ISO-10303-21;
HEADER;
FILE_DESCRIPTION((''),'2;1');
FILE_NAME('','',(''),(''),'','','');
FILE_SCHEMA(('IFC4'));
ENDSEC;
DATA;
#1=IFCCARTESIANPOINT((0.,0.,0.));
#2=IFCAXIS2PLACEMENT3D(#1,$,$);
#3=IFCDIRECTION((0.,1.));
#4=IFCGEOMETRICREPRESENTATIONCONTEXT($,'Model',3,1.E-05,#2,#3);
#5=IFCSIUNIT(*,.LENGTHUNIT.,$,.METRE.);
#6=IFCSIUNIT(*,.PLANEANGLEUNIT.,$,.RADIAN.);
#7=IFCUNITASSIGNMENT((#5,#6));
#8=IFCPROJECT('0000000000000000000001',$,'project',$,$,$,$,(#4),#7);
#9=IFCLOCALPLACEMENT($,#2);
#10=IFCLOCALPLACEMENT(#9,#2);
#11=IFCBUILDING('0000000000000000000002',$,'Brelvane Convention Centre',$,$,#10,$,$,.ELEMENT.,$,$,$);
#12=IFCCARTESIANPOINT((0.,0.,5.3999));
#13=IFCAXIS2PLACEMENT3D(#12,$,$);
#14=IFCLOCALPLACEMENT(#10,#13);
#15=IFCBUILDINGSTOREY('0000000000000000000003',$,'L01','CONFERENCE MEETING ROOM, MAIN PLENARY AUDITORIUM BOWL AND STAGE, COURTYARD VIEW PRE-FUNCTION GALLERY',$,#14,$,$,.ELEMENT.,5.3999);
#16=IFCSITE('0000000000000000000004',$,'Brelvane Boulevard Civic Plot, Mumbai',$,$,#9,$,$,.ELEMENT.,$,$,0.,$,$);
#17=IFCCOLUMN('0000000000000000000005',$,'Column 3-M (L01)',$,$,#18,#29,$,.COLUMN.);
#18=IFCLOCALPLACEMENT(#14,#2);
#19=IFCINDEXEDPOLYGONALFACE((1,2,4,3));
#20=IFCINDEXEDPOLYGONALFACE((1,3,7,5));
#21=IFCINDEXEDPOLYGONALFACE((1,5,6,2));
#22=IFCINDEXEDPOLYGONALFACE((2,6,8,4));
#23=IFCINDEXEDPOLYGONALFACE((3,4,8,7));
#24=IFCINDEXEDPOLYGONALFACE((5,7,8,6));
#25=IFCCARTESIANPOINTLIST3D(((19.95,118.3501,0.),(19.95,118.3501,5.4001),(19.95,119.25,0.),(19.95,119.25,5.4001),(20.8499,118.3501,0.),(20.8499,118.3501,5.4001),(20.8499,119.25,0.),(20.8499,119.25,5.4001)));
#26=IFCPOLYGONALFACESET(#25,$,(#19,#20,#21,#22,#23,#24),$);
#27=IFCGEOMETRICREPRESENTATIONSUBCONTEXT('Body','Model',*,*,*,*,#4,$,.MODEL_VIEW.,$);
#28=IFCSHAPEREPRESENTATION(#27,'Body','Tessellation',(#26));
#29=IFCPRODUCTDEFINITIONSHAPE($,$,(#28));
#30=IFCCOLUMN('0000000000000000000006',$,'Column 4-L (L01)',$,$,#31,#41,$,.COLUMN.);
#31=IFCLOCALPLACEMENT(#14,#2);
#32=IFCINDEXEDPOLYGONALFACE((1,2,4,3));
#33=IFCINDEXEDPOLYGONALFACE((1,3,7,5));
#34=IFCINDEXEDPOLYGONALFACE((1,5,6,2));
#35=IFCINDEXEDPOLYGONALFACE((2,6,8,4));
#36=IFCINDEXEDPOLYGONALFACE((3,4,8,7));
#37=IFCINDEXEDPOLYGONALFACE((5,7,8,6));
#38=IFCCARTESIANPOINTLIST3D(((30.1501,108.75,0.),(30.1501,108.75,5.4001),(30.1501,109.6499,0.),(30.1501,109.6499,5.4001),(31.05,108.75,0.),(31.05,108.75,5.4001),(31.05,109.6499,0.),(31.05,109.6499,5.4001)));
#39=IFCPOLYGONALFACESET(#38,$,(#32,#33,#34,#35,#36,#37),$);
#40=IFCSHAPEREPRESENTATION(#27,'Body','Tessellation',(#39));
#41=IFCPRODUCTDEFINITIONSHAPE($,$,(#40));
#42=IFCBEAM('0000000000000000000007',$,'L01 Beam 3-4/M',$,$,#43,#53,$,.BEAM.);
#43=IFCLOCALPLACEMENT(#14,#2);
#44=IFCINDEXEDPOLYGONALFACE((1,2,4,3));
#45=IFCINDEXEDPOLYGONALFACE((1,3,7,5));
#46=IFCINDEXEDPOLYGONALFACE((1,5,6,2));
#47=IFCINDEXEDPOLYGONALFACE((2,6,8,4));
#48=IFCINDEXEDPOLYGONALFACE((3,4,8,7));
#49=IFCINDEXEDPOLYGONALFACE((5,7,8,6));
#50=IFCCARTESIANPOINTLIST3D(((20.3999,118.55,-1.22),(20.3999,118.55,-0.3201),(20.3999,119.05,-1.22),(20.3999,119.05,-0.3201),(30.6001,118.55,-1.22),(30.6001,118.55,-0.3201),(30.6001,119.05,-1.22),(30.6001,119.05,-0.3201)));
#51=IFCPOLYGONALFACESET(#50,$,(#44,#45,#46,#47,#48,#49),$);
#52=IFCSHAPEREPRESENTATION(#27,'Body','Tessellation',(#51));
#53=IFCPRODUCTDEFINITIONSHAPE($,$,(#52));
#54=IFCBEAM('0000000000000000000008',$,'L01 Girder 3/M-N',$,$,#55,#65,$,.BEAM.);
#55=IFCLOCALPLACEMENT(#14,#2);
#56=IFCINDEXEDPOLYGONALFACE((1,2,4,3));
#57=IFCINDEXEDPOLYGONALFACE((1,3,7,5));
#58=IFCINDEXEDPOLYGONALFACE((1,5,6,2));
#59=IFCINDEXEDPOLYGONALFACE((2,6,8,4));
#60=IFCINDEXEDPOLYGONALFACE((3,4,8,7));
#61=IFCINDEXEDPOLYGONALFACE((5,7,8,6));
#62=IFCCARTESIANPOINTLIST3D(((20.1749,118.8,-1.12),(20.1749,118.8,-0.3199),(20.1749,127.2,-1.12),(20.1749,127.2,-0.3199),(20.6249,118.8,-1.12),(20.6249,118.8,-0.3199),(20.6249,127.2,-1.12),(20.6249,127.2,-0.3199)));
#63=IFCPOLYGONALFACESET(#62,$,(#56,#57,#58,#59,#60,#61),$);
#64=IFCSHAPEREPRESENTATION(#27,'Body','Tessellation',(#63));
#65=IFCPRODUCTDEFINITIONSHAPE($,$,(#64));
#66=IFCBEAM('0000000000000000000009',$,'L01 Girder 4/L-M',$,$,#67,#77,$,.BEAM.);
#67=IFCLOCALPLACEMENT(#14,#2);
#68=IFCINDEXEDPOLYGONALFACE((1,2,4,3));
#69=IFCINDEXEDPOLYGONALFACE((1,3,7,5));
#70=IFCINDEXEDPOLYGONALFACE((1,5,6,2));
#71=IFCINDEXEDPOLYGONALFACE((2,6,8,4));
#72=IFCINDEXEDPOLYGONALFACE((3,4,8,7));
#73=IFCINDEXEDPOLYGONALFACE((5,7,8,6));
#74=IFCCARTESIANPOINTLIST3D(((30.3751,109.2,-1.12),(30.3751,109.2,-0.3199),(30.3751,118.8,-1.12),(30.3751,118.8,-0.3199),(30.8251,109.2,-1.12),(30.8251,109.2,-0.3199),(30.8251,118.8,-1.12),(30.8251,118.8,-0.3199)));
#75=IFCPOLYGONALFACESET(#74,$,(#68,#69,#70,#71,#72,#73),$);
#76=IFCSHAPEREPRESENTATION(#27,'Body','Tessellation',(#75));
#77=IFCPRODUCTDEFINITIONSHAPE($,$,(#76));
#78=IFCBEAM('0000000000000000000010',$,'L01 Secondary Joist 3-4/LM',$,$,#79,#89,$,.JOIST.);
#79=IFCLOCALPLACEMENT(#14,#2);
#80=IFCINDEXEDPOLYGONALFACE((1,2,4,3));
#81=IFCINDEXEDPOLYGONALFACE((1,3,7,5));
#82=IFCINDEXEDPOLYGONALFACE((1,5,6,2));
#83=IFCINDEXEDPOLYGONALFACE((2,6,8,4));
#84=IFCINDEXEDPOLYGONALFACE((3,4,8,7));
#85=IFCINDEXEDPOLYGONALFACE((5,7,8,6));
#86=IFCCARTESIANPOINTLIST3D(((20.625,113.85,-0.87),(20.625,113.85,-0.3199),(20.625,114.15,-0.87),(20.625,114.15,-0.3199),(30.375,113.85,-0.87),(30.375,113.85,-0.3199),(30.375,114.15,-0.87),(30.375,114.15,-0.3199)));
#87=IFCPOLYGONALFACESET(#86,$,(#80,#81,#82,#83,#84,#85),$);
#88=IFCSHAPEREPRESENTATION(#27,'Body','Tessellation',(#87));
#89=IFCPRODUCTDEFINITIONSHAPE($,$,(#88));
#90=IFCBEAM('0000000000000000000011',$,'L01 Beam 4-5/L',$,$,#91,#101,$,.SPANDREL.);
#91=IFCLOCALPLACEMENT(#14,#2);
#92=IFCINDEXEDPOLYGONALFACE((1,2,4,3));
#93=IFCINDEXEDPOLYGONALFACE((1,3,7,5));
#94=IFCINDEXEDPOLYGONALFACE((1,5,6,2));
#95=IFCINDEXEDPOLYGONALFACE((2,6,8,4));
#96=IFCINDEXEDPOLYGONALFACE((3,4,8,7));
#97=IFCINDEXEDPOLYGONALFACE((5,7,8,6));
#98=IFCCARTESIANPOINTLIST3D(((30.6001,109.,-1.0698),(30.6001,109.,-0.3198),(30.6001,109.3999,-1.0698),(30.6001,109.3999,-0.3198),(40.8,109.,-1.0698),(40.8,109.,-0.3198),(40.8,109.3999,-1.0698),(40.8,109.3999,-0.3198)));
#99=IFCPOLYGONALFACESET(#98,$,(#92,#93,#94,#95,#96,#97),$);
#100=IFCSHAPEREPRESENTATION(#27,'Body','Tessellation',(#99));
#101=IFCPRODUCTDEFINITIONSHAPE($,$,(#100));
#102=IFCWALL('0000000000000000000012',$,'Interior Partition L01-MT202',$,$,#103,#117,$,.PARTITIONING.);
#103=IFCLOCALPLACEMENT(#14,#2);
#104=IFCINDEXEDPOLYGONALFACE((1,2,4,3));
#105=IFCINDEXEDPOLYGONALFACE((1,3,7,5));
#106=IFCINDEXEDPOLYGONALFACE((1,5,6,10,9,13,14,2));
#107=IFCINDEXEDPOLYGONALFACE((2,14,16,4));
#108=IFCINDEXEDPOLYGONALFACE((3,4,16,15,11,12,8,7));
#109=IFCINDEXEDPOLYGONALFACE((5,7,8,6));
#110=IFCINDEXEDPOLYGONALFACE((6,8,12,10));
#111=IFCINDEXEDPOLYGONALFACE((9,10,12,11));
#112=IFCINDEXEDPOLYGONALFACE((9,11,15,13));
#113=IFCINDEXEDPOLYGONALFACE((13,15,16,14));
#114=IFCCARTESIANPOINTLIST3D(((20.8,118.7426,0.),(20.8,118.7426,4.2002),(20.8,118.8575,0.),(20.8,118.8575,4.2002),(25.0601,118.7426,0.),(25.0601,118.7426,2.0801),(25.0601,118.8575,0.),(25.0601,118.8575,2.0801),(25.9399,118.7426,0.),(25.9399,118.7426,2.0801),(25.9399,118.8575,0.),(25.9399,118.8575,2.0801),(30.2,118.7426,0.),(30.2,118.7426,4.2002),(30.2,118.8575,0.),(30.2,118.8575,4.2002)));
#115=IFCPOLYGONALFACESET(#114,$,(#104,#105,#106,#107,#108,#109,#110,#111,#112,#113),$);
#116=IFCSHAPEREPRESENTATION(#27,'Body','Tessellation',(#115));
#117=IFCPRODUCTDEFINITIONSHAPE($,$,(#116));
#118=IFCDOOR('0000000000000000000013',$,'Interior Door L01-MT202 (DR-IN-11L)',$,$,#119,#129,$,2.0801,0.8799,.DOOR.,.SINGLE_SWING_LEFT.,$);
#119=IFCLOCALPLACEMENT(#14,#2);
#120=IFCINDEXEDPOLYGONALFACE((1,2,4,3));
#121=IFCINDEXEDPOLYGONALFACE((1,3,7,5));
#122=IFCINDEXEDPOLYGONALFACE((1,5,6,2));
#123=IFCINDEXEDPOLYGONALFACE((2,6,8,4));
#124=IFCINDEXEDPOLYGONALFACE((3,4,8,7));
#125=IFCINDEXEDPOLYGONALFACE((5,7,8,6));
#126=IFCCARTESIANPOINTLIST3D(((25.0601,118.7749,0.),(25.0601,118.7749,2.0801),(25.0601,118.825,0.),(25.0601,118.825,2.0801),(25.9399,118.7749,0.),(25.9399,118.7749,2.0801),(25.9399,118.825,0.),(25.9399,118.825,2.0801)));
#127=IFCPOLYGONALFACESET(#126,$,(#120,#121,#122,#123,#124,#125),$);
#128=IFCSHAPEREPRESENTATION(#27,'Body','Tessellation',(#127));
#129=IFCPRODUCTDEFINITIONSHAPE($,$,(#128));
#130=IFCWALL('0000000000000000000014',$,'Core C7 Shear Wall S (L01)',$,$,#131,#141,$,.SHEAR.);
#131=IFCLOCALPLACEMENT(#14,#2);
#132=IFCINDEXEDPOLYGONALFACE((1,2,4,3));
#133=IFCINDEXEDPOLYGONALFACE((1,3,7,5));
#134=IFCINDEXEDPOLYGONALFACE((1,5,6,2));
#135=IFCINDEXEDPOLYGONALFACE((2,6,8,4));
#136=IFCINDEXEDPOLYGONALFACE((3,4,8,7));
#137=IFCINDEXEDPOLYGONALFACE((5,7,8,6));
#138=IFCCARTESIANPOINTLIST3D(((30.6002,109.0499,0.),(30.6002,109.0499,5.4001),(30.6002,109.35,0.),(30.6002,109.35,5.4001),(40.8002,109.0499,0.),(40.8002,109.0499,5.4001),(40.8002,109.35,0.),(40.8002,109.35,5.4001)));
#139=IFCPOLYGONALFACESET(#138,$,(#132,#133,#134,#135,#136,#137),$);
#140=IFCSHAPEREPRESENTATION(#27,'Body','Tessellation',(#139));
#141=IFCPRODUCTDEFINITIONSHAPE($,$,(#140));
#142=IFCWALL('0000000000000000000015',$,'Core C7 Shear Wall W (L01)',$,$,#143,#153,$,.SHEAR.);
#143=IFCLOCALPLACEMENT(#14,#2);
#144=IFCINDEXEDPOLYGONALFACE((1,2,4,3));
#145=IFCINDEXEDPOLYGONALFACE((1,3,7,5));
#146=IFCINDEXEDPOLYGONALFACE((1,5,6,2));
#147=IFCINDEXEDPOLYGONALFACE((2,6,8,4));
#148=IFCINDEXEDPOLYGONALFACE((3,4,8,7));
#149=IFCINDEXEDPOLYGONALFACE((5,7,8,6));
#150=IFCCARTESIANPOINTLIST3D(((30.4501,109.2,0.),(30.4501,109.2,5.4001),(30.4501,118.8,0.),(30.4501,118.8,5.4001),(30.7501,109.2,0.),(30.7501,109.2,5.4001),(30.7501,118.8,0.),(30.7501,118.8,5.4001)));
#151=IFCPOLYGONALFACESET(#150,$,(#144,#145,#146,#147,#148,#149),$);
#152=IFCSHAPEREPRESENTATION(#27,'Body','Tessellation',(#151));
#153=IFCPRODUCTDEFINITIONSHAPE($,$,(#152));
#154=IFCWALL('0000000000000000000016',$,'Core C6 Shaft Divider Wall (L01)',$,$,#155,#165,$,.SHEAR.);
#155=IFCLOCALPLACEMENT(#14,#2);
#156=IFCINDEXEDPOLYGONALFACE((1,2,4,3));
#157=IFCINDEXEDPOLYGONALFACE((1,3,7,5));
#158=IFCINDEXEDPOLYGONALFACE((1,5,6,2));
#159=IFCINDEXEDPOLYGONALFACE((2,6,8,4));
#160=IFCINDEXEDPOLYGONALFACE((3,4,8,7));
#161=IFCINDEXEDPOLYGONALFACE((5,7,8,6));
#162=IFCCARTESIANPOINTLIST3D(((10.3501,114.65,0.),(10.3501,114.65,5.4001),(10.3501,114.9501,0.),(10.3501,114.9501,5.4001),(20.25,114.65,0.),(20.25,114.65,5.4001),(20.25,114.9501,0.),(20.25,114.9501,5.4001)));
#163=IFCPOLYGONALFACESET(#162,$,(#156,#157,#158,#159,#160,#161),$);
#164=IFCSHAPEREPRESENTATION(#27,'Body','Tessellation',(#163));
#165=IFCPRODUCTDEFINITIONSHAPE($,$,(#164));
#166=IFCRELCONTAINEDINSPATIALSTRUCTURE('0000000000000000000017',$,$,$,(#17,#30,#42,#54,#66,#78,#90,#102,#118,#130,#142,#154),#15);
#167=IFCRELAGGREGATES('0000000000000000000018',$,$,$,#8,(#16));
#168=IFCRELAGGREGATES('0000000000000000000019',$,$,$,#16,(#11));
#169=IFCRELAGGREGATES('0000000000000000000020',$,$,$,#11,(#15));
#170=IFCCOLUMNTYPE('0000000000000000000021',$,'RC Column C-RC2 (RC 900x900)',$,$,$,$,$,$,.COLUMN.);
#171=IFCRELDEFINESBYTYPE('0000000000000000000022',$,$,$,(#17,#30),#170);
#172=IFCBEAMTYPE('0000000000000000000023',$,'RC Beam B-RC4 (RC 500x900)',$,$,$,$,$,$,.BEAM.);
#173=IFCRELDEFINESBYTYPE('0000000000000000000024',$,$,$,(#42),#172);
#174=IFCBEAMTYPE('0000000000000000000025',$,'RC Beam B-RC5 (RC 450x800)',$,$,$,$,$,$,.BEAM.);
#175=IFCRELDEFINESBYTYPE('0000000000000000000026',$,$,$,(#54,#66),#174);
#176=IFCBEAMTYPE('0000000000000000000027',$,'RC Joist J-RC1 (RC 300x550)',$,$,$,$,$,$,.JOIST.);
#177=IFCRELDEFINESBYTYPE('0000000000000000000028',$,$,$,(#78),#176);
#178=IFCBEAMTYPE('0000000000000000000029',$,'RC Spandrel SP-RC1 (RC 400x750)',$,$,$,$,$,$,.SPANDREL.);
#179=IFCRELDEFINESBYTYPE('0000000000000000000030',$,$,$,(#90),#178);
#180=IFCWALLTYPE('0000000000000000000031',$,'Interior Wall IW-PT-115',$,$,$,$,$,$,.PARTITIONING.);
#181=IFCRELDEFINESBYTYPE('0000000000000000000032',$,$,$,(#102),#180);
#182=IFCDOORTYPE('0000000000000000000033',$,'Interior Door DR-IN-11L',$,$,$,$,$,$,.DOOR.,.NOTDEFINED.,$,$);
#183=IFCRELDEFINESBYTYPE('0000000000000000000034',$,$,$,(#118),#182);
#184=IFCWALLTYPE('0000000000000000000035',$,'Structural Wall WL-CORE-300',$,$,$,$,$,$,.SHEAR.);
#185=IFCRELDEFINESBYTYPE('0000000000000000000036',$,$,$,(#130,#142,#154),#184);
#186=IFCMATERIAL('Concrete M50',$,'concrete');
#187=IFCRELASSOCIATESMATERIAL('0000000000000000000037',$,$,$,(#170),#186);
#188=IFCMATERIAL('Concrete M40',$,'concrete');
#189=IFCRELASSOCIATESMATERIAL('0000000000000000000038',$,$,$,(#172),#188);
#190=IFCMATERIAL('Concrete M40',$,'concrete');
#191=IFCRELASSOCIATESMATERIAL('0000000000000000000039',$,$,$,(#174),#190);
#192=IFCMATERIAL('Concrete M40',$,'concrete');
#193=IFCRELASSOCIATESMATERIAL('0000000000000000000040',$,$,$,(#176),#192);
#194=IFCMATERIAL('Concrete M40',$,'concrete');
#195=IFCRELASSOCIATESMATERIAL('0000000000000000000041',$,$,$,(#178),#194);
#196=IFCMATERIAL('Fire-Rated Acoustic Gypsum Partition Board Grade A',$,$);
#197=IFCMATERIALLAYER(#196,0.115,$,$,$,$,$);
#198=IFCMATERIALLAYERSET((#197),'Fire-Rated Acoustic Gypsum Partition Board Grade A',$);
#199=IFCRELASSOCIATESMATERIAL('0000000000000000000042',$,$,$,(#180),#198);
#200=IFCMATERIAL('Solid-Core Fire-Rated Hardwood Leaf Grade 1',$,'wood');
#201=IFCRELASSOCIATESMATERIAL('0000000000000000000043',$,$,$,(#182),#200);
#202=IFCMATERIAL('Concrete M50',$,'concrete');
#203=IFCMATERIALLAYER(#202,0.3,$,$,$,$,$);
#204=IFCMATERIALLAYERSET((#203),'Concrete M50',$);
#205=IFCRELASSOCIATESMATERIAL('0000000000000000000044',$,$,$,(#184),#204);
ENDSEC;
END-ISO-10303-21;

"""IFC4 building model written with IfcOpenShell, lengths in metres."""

from ifc_helpers import new_model, si_unit, direction, frame, frame_2d, origin, origin_2d, place, context, subcontext, project, spatial, rectangle, extrude, material, layer, layer_set, material_profile, profile_set, type_object, element, fill, save


model = new_model("IFC4")

# Units and contexts
model_context = context("Model", 3, precision=1e-05, world=origin(), true_north=direction((0.0, 1.0)))
body_context = subcontext(model_context, "Body", "Model", "MODEL_VIEW")
ifc_project = project(units=[si_unit("LENGTHUNIT", "METRE"), si_unit("PLANEANGLEUNIT", "RADIAN")], contexts=[model_context])

# Site, building, storey
site_placement = place(None, origin())
site = spatial("IfcSite", under=ifc_project, at=site_placement, Name="Brelvane Boulevard Civic Plot, Mumbai", CompositionType="ELEMENT", RefElevation=0.0)
building_placement = place(site_placement, origin())
building = spatial("IfcBuilding", under=site, at=building_placement, Name="Brelvane Convention Centre", CompositionType="ELEMENT")
storey_placement = place(building_placement, frame((0.0, 0.0, 5.3999)))
storey = spatial("IfcBuildingStorey", under=building, at=storey_placement, Name="L01", Description="CONFERENCE MEETING ROOM, MAIN PLENARY AUDITORIUM BOWL AND STAGE, COURTYARD VIEW PRE-FUNCTION GALLERY", CompositionType="ELEMENT", Elevation=5.3999)

# Columns
ifc_material_1 = material(Name="Concrete M50", Category="concrete")
ifc_material_profile_1 = material_profile(ifc_material_1, rectangle(XDim=0.8999, YDim=0.8999, at=origin_2d()), Name="RC 900x900")
ifc_profile_set_1 = profile_set([ifc_material_profile_1], Name="Concrete M50")
column_type = type_object("IfcColumnType", Name="RC Column C-RC2 (RC 900x900)", PredefinedType="COLUMN", material=ifc_profile_set_1)
for number, where, z_axis, x_axis, name in (
    (1, (20.3999, 118.8, 0.0), (0.0, 0.0, 1.0), (1.0, 0.0, 0.0), "Column 3-M (L01)"),
    (2, (30.6001, 109.2, 0.0), (0.0, 0.0, 1.0), (1.0, 0.0, 0.0), "Column 4-L (L01)"),
):
    element("IfcColumn", number, at=place(storey_placement, frame(where, z_axis=z_axis, x_axis=x_axis)), inside=storey, type_object=column_type, Name=name, PredefinedType="COLUMN", context=body_context, shape_type="SweptSolid", body=[
        extrude(rectangle(XDim=0.8999, YDim=0.8999, at=origin_2d()), origin(), (0.0, 0.0, 1.0), 5.4001),
    ])

# Beams
ifc_material_2 = material(Name="Concrete M40", Category="concrete")
ifc_material_profile_2 = material_profile(ifc_material_2, rectangle(XDim=0.5, YDim=0.8999, at=origin_2d()), Name="RC 500x900")
ifc_profile_set_2 = profile_set([ifc_material_profile_2], Name="Concrete M40")
beam_type_1 = type_object("IfcBeamType", Name="RC Beam B-RC4 (RC 500x900)", PredefinedType="BEAM", material=ifc_profile_set_2)
beam_1_placement = place(storey_placement, frame((20.3999, 118.8, -0.77), z_axis=(1.0, 0.0, 0.0), x_axis=(0.0, 1.0, 0.0)))
element("IfcBeam", 3, at=beam_1_placement, inside=storey, type_object=beam_type_1, Name="L01 Beam 3-4/M", PredefinedType="BEAM", context=body_context, shape_type="SweptSolid", body=[
    extrude(rectangle(XDim=0.5, YDim=0.8999, at=origin_2d()), origin(), (0.0, 0.0, 1.0), 10.2002),
])
ifc_material_3 = material(Name="Concrete M40", Category="concrete")
ifc_material_profile_3 = material_profile(ifc_material_3, rectangle(XDim=0.45, YDim=0.8, at=origin_2d()), Name="RC 450x800")
ifc_profile_set_3 = profile_set([ifc_material_profile_3], Name="Concrete M40")
beam_type_2 = type_object("IfcBeamType", Name="RC Beam B-RC5 (RC 450x800)", PredefinedType="BEAM", material=ifc_profile_set_3)
beam_2_placement = place(storey_placement, frame((20.3999, 118.8, -0.72), z_axis=(0.0, 1.0, 0.0), x_axis=(-1.0, 0.0, 0.0)))
element("IfcBeam", 4, at=beam_2_placement, inside=storey, type_object=beam_type_2, Name="L01 Girder 3/M-N", PredefinedType="BEAM", context=body_context, shape_type="SweptSolid", body=[
    extrude(rectangle(XDim=0.45, YDim=0.8, at=origin_2d()), origin(), (0.0, 0.0, 1.0), 8.3999),
])
beam_3_placement = place(storey_placement, frame((30.6001, 109.2, -0.72), z_axis=(0.0, 1.0, 0.0), x_axis=(-1.0, 0.0, 0.0)))
element("IfcBeam", 5, at=beam_3_placement, inside=storey, type_object=beam_type_2, Name="L01 Girder 4/L-M", PredefinedType="BEAM", context=body_context, shape_type="SweptSolid", body=[
    extrude(rectangle(XDim=0.45, YDim=0.8, at=origin_2d()), origin(), (0.0, 0.0, 1.0), 9.6001),
])
ifc_material_4 = material(Name="Concrete M40", Category="concrete")
ifc_material_profile_4 = material_profile(ifc_material_4, rectangle(XDim=0.3, YDim=0.55, at=origin_2d()), Name="RC 300x550")
ifc_profile_set_4 = profile_set([ifc_material_profile_4], Name="Concrete M40")
beam_type_3 = type_object("IfcBeamType", Name="RC Joist J-RC1 (RC 300x550)", PredefinedType="JOIST", material=ifc_profile_set_4)
beam_4_placement = place(storey_placement, frame((20.625, 114.0, -0.595), z_axis=(1.0, 0.0, 0.0), x_axis=(0.0, 1.0, 0.0)))
element("IfcBeam", 6, at=beam_4_placement, inside=storey, type_object=beam_type_3, Name="L01 Secondary Joist 3-4/LM", PredefinedType="JOIST", context=body_context, shape_type="SweptSolid", body=[
    extrude(rectangle(XDim=0.3, YDim=0.55, at=origin_2d()), origin(), (0.0, 0.0, 1.0), 9.75),
])
ifc_material_5 = material(Name="Concrete M40", Category="concrete")
ifc_material_profile_5 = material_profile(ifc_material_5, rectangle(XDim=0.3999, YDim=0.75, at=origin_2d()), Name="RC 400x750")
ifc_profile_set_5 = profile_set([ifc_material_profile_5], Name="Concrete M40")
beam_type_4 = type_object("IfcBeamType", Name="RC Spandrel SP-RC1 (RC 400x750)", PredefinedType="SPANDREL", material=ifc_profile_set_5)
beam_5_placement = place(storey_placement, frame((30.6001, 109.2, -0.6948), z_axis=(1.0, 0.0, 0.0), x_axis=(0.0, 1.0, 0.0)))
element("IfcBeam", 7, at=beam_5_placement, inside=storey, type_object=beam_type_4, Name="L01 Beam 4-5/L", PredefinedType="SPANDREL", context=body_context, shape_type="SweptSolid", body=[
    extrude(rectangle(XDim=0.3999, YDim=0.75, at=origin_2d()), origin(), (0.0, 0.0, 1.0), 10.2),
])

# Wall, opening, door
ifc_material_6 = material(Name="Fire-Rated Acoustic Gypsum Partition Board Grade A")
ifc_layer_1 = layer(ifc_material_6, 0.115)
ifc_layer_set_1 = layer_set([ifc_layer_1], Name="Fire-Rated Acoustic Gypsum Partition Board Grade A")
wall_type_1 = type_object("IfcWallType", Name="Interior Wall IW-PT-115", PredefinedType="PARTITIONING", material=ifc_layer_set_1)
wall_1_placement = place(storey_placement, frame((20.8, 118.8, 0.0), z_axis=(0.0, 0.0, 1.0), x_axis=(1.0, 0.0, 0.0)))
wall_1 = element("IfcWall", 8, at=wall_1_placement, inside=storey, type_object=wall_type_1, Name="Interior Partition L01-MT202", PredefinedType="PARTITIONING", context=body_context, shape_type="SweptSolid", body=[
    extrude(rectangle(XDim=9.3999, YDim=0.115, at=frame_2d((4.7, 0.0))), origin(), (0.0, 0.0, 1.0), 4.2002),
])
opening_placement = place(wall_1_placement, frame((4.26, 0.0, 0.0)))
opening = element("IfcOpeningElement", 9, at=opening_placement, cuts=wall_1, PredefinedType="OPENING", context=body_context, shape_type="SweptSolid", body=[
    extrude(rectangle(XDim=0.8799, YDim=2.0801, at=frame_2d((0.4399, 1.04))), frame((0.0, 0.0674, 0.0), z_axis=(0.0, -1.0, 0.0), x_axis=(1.0, 0.0, 0.0)), (0.0, 0.0, 1.0), 0.135),
])
ifc_material_7 = material(Name="Solid-Core Fire-Rated Hardwood Leaf Grade 1", Category="wood")
door_type = type_object("IfcDoorType", Name="Interior Door DR-IN-11L", OperationType="NOTDEFINED", PredefinedType="DOOR", material=ifc_material_7)
door_placement = place(opening_placement, origin())
door = element("IfcDoor", 10, at=door_placement, inside=storey, type_object=door_type, Name="Interior Door L01-MT202 (DR-IN-11L)", OperationType="SINGLE_SWING_LEFT", OverallHeight=2.0801, OverallWidth=0.8799, PredefinedType="DOOR", context=body_context, shape_type="SweptSolid", body=[
    extrude(rectangle(XDim=0.8799, YDim=2.0801, at=frame_2d((0.4399, 1.04))), frame((0.0, 0.0249, 0.0), z_axis=(0.0, -1.0, 0.0), x_axis=(1.0, 0.0, 0.0)), (0.0, 0.0, 1.0), 0.05),
])
fill(opening, door)

# Walls
ifc_material_8 = material(Name="Concrete M50", Category="concrete")
ifc_layer_2 = layer(ifc_material_8, 0.3)
ifc_layer_set_2 = layer_set([ifc_layer_2], Name="Concrete M50")
wall_type_2 = type_object("IfcWallType", Name="Structural Wall WL-CORE-300", PredefinedType="SHEAR", material=ifc_layer_set_2)
wall_2_placement = place(storey_placement, frame((30.6001, 109.2, 0.0), z_axis=(0.0, 0.0, 1.0), x_axis=(1.0, 0.0, 0.0)))
element("IfcWall", 11, at=wall_2_placement, inside=storey, type_object=wall_type_2, Name="Core C7 Shear Wall S (L01)", PredefinedType="SHEAR", context=body_context, shape_type="SweptSolid", body=[
    extrude(rectangle(XDim=10.2, YDim=0.3, at=frame_2d((5.1001, 0.0))), origin(), (0.0, 0.0, 1.0), 5.4001),
])
wall_3_placement = place(storey_placement, frame((30.6001, 109.2, 0.0), z_axis=(0.0, 0.0, 1.0), x_axis=(0.0, 1.0, 0.0)))
element("IfcWall", 12, at=wall_3_placement, inside=storey, type_object=wall_type_2, Name="Core C7 Shear Wall W (L01)", PredefinedType="SHEAR", context=body_context, shape_type="SweptSolid", body=[
    extrude(rectangle(XDim=9.6001, YDim=0.3, at=frame_2d((4.8, 0.0))), origin(), (0.0, 0.0, 1.0), 5.4001),
])
wall_4_placement = place(storey_placement, frame((10.3501, 114.8, 0.0), z_axis=(0.0, 0.0, 1.0), x_axis=(1.0, 0.0, 0.0)))
element("IfcWall", 13, at=wall_4_placement, inside=storey, type_object=wall_type_2, Name="Core C6 Shaft Divider Wall (L01)", PredefinedType="SHEAR", context=body_context, shape_type="SweptSolid", body=[
    extrude(rectangle(XDim=9.8999, YDim=0.3, at=frame_2d((4.95, 0.0))), origin(), (0.0, 0.0, 1.0), 5.4001),
])

save(model, "model.ifc")
